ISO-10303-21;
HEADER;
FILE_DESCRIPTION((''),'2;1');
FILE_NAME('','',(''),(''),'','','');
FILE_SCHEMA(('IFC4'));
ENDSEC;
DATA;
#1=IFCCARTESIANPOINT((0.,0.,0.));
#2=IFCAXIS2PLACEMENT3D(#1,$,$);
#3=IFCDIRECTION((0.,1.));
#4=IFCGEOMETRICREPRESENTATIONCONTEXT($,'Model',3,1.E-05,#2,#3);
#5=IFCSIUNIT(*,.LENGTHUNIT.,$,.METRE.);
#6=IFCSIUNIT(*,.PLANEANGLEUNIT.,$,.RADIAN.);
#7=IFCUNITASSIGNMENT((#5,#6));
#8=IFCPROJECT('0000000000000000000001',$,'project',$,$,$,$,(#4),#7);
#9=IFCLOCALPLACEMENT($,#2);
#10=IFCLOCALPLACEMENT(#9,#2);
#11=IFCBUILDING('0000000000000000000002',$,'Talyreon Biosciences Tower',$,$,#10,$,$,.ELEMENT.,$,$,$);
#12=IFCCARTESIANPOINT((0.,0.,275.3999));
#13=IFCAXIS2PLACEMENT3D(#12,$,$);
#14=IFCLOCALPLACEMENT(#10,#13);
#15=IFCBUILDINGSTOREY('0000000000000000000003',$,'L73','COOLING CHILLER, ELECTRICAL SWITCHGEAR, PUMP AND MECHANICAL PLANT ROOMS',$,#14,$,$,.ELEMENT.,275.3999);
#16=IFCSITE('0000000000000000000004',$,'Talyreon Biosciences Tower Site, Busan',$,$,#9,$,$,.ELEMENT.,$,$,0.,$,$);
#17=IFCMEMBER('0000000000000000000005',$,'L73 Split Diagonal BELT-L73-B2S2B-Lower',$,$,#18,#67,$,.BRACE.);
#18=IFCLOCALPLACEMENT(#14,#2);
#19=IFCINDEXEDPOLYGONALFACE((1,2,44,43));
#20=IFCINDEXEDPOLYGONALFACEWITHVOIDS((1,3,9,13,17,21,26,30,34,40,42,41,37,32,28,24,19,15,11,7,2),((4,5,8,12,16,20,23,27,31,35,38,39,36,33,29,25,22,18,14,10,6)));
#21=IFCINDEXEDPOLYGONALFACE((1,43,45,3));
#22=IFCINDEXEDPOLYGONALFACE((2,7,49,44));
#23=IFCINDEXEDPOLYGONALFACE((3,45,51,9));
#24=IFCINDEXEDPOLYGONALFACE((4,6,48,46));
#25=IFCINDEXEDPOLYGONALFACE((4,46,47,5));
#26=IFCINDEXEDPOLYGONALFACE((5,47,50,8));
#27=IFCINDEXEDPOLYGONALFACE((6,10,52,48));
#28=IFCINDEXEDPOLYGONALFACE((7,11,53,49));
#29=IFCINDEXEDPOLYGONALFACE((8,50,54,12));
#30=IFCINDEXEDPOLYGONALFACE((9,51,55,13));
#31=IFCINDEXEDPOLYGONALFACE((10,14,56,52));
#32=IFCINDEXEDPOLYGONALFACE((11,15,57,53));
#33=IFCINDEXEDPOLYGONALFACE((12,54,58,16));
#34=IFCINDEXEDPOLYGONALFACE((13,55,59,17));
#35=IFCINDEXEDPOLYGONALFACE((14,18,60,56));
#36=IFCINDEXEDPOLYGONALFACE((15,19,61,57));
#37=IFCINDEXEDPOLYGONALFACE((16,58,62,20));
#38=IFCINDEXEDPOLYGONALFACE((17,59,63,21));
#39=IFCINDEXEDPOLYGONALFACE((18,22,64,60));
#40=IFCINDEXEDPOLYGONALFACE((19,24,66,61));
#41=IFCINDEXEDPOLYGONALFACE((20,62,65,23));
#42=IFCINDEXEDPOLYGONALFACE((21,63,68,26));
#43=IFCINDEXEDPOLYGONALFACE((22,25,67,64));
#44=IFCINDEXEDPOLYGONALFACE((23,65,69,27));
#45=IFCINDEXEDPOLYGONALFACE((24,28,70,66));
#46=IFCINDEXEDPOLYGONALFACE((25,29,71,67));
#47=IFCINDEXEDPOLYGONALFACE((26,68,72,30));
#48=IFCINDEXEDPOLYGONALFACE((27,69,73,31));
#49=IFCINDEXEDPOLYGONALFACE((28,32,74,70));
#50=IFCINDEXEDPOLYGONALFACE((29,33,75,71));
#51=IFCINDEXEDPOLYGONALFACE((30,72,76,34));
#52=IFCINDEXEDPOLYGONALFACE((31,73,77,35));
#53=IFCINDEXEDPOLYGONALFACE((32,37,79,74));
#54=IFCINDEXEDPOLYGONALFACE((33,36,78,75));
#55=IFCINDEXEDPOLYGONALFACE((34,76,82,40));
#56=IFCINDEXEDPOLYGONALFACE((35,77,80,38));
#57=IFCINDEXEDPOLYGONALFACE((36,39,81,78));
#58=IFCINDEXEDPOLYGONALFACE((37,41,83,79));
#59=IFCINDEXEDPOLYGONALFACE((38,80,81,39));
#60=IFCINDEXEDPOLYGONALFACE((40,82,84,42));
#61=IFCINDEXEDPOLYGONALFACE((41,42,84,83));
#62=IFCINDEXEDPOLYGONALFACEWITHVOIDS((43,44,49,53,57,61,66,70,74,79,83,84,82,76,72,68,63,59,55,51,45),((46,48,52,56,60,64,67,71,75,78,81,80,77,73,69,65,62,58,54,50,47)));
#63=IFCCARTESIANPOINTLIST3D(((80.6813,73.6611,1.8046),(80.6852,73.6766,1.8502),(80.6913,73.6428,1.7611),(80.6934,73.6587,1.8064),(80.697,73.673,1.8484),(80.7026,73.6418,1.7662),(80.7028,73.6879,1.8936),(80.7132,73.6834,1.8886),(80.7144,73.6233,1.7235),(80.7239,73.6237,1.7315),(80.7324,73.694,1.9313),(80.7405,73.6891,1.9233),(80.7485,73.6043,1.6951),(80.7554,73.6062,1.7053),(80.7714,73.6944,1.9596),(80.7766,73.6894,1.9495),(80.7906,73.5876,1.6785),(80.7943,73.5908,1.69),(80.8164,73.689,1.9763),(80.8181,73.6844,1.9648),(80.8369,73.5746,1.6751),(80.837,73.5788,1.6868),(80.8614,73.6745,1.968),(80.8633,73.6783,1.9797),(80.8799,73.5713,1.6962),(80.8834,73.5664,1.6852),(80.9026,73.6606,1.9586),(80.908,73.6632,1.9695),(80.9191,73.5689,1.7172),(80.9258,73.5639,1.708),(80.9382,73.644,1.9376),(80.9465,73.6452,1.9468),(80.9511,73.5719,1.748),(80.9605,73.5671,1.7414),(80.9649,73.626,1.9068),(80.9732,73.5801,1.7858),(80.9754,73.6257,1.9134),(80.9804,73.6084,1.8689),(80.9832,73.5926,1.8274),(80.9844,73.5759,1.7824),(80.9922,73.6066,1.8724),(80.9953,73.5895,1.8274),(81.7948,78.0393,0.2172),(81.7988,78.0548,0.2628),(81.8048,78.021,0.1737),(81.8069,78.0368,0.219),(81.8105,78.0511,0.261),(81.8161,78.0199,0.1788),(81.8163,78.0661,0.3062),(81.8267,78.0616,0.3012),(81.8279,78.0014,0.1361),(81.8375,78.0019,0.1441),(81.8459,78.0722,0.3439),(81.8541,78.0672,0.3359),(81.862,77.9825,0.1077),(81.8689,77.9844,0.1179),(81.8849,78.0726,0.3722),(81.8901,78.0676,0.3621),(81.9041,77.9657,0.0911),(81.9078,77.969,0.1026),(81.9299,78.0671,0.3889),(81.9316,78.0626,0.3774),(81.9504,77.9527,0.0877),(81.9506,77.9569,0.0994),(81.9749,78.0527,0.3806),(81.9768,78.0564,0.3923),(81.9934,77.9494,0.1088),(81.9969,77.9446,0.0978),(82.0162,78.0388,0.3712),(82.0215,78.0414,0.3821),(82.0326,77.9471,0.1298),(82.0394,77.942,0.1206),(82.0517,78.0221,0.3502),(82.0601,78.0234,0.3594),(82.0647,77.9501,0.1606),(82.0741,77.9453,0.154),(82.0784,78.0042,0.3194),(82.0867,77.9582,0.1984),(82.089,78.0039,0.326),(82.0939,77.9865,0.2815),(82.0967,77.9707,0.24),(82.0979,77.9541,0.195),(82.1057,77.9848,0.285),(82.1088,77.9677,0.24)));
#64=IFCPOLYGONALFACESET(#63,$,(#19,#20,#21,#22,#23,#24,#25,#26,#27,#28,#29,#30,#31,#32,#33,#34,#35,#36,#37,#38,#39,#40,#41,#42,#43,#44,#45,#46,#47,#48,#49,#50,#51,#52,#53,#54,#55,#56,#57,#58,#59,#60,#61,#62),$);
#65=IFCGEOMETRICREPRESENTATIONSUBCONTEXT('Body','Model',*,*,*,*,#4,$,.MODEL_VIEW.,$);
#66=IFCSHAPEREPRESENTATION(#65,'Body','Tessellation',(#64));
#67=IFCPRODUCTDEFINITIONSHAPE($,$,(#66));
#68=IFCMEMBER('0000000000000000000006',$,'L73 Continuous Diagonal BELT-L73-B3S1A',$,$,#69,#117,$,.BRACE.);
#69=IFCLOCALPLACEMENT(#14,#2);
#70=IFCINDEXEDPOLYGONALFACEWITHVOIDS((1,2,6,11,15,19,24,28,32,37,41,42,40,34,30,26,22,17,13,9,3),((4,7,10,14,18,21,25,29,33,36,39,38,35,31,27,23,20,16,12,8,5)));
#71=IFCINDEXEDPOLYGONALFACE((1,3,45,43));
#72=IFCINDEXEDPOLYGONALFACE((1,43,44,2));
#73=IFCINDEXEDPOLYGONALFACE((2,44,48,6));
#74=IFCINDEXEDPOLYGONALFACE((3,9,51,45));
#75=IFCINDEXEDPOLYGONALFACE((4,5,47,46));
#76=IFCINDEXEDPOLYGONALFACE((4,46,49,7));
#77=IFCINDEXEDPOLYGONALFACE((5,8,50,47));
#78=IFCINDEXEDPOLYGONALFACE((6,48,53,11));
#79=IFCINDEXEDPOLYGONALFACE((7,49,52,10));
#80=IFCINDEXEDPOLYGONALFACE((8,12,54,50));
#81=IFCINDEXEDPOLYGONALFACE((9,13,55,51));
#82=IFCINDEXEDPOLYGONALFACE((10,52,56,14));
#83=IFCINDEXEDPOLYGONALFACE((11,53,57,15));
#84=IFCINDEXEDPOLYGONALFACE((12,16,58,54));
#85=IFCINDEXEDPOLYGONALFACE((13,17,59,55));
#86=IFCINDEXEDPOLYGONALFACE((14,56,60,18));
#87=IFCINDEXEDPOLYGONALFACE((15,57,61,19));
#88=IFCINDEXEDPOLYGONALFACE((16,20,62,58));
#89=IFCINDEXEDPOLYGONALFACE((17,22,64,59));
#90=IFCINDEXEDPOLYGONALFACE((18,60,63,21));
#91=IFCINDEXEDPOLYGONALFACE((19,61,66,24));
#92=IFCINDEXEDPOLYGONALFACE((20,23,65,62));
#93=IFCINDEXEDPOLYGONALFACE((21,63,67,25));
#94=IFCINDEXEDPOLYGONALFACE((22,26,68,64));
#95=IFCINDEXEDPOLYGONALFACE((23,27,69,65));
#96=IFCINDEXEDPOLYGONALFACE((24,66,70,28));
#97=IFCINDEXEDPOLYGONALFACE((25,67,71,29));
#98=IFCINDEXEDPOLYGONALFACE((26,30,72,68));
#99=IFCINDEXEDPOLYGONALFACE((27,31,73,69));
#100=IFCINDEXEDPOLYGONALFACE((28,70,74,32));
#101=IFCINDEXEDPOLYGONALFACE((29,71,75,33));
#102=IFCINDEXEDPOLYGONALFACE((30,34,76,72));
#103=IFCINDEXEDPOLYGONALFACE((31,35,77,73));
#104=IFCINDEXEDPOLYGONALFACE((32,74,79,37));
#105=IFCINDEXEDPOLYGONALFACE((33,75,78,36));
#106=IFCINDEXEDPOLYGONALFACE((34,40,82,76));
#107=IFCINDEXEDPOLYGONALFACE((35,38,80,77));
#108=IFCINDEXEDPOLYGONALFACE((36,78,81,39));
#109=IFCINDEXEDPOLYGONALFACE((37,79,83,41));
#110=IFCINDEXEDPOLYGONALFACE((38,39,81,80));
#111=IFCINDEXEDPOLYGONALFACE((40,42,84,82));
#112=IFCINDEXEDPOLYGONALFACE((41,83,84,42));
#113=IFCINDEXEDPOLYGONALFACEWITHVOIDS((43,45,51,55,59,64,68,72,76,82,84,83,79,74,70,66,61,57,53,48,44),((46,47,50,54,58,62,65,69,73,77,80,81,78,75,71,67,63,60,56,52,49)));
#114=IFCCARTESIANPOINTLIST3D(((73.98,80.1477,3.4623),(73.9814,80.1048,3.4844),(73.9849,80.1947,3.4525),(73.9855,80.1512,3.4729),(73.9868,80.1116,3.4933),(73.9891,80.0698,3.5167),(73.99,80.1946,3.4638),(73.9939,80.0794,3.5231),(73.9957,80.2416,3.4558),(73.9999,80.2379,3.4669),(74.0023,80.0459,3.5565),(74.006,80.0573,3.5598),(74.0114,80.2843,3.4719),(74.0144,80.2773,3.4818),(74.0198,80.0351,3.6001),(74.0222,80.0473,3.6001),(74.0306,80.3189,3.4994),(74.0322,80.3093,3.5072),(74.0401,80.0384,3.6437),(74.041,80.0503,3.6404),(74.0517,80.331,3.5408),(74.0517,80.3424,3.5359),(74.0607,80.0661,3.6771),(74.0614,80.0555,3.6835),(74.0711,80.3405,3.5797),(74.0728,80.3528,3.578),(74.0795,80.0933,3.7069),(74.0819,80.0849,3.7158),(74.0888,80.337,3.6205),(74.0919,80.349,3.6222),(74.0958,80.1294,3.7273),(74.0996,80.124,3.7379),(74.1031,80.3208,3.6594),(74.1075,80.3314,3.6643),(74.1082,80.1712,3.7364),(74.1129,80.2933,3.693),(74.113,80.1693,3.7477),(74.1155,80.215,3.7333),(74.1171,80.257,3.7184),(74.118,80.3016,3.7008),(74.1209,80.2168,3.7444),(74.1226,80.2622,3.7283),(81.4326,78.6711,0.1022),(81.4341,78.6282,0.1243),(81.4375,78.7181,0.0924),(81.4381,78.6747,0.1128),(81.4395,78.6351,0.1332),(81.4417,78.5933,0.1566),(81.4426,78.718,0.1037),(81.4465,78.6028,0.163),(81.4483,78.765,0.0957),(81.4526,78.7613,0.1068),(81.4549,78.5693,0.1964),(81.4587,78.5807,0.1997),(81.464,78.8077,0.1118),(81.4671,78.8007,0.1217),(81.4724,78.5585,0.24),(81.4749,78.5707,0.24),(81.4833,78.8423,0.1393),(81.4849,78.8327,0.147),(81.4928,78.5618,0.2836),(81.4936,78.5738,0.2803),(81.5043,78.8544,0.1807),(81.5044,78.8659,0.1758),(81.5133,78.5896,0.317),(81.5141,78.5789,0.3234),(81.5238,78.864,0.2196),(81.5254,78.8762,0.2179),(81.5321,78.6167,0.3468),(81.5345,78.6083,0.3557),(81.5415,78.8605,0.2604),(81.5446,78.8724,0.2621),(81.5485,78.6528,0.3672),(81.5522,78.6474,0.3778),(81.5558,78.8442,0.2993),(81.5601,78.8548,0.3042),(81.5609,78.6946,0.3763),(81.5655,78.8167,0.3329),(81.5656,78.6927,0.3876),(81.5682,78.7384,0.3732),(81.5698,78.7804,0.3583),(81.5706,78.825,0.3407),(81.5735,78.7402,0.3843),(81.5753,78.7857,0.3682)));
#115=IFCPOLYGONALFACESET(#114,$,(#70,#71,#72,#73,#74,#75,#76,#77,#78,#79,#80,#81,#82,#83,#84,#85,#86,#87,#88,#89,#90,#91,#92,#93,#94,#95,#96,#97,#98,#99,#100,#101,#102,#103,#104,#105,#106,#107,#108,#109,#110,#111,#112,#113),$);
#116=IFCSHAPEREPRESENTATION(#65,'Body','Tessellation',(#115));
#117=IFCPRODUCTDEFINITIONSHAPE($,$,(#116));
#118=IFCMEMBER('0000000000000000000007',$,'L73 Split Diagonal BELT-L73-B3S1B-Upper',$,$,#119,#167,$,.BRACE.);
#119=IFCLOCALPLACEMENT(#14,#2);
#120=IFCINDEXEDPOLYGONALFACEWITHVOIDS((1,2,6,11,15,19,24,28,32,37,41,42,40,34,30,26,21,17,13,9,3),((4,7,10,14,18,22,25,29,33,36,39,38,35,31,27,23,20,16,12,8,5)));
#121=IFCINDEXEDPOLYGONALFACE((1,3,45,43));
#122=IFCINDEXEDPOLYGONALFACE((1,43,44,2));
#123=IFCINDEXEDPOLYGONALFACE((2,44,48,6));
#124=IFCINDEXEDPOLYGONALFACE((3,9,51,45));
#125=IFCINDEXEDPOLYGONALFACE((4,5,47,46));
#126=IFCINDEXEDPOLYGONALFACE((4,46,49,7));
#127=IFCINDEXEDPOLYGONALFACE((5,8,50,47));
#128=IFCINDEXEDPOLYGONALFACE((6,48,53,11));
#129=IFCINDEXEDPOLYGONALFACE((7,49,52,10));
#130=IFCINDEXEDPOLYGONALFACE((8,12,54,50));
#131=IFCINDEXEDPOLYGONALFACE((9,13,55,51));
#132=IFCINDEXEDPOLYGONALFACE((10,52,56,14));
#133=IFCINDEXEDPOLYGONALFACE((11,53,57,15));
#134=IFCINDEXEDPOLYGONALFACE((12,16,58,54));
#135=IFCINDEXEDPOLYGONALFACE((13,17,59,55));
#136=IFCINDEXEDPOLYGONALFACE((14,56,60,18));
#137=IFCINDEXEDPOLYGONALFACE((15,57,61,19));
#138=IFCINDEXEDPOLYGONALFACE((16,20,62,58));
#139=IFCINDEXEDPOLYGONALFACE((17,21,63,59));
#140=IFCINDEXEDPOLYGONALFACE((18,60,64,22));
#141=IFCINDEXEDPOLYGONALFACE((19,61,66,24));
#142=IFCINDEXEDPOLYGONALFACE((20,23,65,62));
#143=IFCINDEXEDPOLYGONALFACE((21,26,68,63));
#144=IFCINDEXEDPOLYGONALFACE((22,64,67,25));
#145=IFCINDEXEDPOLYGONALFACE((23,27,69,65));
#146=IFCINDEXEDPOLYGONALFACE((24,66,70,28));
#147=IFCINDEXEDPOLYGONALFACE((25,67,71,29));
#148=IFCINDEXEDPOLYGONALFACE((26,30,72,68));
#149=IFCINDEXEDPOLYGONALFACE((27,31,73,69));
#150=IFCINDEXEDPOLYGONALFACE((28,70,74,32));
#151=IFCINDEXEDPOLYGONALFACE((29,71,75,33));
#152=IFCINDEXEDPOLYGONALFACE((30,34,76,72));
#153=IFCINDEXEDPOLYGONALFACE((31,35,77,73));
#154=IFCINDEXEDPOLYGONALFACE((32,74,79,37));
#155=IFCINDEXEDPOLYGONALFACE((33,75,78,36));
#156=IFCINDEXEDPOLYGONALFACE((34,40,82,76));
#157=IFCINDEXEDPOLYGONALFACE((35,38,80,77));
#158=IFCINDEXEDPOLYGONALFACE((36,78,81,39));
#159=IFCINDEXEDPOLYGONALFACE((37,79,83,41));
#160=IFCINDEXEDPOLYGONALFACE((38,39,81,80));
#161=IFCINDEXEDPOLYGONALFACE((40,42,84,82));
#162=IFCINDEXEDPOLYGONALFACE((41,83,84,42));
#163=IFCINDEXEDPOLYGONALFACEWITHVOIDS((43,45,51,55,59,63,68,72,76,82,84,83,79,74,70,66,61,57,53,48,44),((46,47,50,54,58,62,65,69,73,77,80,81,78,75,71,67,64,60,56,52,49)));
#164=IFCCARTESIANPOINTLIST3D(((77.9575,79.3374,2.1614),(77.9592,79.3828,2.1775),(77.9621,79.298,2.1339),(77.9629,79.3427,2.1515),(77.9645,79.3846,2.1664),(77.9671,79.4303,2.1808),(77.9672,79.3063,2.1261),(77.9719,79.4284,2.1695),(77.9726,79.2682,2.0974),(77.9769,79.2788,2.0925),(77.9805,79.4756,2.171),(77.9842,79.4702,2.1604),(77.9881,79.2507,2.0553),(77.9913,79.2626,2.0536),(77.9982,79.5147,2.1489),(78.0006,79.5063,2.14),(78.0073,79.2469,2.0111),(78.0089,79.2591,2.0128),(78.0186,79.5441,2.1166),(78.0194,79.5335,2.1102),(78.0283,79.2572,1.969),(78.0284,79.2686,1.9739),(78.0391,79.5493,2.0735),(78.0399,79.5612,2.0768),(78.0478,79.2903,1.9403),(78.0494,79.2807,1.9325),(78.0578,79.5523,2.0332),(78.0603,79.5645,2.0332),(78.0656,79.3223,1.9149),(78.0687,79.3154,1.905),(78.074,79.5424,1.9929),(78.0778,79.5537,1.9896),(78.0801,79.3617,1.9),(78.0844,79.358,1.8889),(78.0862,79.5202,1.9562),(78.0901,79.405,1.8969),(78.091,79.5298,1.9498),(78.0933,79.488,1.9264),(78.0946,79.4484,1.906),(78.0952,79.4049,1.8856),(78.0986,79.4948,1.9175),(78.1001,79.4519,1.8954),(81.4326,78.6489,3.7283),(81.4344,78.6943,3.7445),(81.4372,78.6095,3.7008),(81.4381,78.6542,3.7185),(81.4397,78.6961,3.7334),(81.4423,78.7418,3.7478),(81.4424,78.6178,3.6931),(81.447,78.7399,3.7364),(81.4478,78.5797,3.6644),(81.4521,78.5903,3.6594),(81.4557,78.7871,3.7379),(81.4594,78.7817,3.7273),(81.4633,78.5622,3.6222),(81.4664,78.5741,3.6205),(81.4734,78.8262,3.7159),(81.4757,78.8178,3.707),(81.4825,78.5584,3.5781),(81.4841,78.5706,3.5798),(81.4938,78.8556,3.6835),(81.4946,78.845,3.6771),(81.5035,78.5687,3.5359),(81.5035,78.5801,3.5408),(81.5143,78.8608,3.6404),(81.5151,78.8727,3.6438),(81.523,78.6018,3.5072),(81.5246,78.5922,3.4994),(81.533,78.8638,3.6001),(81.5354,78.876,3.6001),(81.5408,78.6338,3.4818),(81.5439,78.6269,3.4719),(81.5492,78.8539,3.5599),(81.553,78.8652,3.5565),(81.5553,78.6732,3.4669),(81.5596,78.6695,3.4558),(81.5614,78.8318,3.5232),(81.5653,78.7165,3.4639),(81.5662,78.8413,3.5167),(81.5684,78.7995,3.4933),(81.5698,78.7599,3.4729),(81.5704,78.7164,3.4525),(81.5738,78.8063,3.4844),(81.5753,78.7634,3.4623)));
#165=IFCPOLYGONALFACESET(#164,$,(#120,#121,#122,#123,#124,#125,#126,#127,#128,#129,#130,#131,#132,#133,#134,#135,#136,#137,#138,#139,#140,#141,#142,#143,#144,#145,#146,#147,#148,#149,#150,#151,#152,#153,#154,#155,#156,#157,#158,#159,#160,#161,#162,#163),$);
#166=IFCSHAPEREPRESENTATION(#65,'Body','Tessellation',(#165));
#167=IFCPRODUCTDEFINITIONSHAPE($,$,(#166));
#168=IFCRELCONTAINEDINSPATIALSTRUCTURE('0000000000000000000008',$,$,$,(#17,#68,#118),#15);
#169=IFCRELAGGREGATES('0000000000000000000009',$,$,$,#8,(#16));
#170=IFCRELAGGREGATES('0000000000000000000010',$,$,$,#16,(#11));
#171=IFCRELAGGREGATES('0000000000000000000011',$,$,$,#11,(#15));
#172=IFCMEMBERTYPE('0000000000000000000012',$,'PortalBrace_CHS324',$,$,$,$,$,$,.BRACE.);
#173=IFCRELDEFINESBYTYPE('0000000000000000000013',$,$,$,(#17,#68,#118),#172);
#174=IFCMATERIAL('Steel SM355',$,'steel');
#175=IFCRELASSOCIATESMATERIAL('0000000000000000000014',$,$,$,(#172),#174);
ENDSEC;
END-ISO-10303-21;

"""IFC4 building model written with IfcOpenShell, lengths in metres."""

from ifc_helpers import new_model, si_unit, direction, frame, origin, origin_2d, place, context, subcontext, project, spatial, hollow_circle, extrude, material, material_profile, profile_set, type_object, element, save


model = new_model("IFC4")

# Units and contexts
model_context = context("Model", 3, precision=1e-05, world=origin(), true_north=direction((0.0, 1.0)))
body_context = subcontext(model_context, "Body", "Model", "MODEL_VIEW")
ifc_project = project(units=[si_unit("LENGTHUNIT", "METRE"), si_unit("PLANEANGLEUNIT", "RADIAN")], contexts=[model_context])

# Site, building, storey
site_placement = place(None, origin())
site = spatial("IfcSite", under=ifc_project, at=site_placement, Name="Talyreon Biosciences Tower Site, Busan", CompositionType="ELEMENT", RefElevation=0.0)
building_placement = place(site_placement, origin())
building = spatial("IfcBuilding", under=site, at=building_placement, Name="Talyreon Biosciences Tower", CompositionType="ELEMENT")
storey_placement = place(building_placement, frame((0.0, 0.0, 275.3999)))
storey = spatial("IfcBuildingStorey", under=building, at=storey_placement, Name="L73", Description="COOLING CHILLER, ELECTRICAL SWITCHGEAR, PUMP AND MECHANICAL PLANT ROOMS", CompositionType="ELEMENT", Elevation=275.3999)

# Shared definitions
ifc_material_1 = material(Name="Steel SM355", Category="steel")

# Members
ifc_material_profile_1 = material_profile(ifc_material_1, hollow_circle(Radius=0.1619, WallThickness=0.0125, at=origin_2d()), Name="CHS 323.9x12.5")
ifc_profile_set_1 = profile_set([ifc_material_profile_1], Name="Steel SM355")
member_type_1 = type_object("IfcMemberType", Name="PortalBrace_CHS324", PredefinedType="BRACE", material=ifc_profile_set_1)
member_1_placement = place(storey_placement, frame((81.9519, 78.0076, 0.24), z_axis=(-0.232549, -0.914341, 0.331514), x_axis=(0.969146, -0.246488, 0.0)))
element("IfcMember", 1, at=member_1_placement, inside=storey, type_object=member_type_1, Name="L73 Split Diagonal BELT-L73-B2S2B-Lower", PredefinedType="BRACE", context=body_context, shape_type="SweptSolid", body=[
    extrude(hollow_circle(Radius=0.1619, WallThickness=0.0125, at=origin_2d()), origin(), (0.0, 0.0, 1.0), 4.7883),
])
member_2_placement = place(storey_placement, frame((81.5039, 78.7173, 0.24), z_axis=(-0.897112, 0.177741, 0.404473), x_axis=(-0.194348, -0.980933, 0.0)))
element("IfcMember", 2, at=member_2_placement, inside=storey, type_object=member_type_1, Name="L73 Continuous Diagonal BELT-L73-B3S1A", PredefinedType="BRACE", context=body_context, shape_type="SweptSolid", body=[
    extrude(hollow_circle(Radius=0.1619, WallThickness=0.0125, at=origin_2d()), origin(), (0.0, 0.0, 1.0), 8.3074),
])
member_3_placement = place(storey_placement, frame((78.0288, 79.4058, 2.0332), z_axis=(0.897103, -0.177732, 0.404497), x_axis=(0.19434, 0.980934, 0.0)))
element("IfcMember", 3, at=member_3_placement, inside=storey, type_object=member_type_1, Name="L73 Split Diagonal BELT-L73-B3S1B-Upper", PredefinedType="BRACE", context=body_context, shape_type="SweptSolid", body=[
    extrude(hollow_circle(Radius=0.1619, WallThickness=0.0125, at=origin_2d()), origin(), (0.0, 0.0, 1.0), 3.8738),
])

save(model, "model.ifc")
